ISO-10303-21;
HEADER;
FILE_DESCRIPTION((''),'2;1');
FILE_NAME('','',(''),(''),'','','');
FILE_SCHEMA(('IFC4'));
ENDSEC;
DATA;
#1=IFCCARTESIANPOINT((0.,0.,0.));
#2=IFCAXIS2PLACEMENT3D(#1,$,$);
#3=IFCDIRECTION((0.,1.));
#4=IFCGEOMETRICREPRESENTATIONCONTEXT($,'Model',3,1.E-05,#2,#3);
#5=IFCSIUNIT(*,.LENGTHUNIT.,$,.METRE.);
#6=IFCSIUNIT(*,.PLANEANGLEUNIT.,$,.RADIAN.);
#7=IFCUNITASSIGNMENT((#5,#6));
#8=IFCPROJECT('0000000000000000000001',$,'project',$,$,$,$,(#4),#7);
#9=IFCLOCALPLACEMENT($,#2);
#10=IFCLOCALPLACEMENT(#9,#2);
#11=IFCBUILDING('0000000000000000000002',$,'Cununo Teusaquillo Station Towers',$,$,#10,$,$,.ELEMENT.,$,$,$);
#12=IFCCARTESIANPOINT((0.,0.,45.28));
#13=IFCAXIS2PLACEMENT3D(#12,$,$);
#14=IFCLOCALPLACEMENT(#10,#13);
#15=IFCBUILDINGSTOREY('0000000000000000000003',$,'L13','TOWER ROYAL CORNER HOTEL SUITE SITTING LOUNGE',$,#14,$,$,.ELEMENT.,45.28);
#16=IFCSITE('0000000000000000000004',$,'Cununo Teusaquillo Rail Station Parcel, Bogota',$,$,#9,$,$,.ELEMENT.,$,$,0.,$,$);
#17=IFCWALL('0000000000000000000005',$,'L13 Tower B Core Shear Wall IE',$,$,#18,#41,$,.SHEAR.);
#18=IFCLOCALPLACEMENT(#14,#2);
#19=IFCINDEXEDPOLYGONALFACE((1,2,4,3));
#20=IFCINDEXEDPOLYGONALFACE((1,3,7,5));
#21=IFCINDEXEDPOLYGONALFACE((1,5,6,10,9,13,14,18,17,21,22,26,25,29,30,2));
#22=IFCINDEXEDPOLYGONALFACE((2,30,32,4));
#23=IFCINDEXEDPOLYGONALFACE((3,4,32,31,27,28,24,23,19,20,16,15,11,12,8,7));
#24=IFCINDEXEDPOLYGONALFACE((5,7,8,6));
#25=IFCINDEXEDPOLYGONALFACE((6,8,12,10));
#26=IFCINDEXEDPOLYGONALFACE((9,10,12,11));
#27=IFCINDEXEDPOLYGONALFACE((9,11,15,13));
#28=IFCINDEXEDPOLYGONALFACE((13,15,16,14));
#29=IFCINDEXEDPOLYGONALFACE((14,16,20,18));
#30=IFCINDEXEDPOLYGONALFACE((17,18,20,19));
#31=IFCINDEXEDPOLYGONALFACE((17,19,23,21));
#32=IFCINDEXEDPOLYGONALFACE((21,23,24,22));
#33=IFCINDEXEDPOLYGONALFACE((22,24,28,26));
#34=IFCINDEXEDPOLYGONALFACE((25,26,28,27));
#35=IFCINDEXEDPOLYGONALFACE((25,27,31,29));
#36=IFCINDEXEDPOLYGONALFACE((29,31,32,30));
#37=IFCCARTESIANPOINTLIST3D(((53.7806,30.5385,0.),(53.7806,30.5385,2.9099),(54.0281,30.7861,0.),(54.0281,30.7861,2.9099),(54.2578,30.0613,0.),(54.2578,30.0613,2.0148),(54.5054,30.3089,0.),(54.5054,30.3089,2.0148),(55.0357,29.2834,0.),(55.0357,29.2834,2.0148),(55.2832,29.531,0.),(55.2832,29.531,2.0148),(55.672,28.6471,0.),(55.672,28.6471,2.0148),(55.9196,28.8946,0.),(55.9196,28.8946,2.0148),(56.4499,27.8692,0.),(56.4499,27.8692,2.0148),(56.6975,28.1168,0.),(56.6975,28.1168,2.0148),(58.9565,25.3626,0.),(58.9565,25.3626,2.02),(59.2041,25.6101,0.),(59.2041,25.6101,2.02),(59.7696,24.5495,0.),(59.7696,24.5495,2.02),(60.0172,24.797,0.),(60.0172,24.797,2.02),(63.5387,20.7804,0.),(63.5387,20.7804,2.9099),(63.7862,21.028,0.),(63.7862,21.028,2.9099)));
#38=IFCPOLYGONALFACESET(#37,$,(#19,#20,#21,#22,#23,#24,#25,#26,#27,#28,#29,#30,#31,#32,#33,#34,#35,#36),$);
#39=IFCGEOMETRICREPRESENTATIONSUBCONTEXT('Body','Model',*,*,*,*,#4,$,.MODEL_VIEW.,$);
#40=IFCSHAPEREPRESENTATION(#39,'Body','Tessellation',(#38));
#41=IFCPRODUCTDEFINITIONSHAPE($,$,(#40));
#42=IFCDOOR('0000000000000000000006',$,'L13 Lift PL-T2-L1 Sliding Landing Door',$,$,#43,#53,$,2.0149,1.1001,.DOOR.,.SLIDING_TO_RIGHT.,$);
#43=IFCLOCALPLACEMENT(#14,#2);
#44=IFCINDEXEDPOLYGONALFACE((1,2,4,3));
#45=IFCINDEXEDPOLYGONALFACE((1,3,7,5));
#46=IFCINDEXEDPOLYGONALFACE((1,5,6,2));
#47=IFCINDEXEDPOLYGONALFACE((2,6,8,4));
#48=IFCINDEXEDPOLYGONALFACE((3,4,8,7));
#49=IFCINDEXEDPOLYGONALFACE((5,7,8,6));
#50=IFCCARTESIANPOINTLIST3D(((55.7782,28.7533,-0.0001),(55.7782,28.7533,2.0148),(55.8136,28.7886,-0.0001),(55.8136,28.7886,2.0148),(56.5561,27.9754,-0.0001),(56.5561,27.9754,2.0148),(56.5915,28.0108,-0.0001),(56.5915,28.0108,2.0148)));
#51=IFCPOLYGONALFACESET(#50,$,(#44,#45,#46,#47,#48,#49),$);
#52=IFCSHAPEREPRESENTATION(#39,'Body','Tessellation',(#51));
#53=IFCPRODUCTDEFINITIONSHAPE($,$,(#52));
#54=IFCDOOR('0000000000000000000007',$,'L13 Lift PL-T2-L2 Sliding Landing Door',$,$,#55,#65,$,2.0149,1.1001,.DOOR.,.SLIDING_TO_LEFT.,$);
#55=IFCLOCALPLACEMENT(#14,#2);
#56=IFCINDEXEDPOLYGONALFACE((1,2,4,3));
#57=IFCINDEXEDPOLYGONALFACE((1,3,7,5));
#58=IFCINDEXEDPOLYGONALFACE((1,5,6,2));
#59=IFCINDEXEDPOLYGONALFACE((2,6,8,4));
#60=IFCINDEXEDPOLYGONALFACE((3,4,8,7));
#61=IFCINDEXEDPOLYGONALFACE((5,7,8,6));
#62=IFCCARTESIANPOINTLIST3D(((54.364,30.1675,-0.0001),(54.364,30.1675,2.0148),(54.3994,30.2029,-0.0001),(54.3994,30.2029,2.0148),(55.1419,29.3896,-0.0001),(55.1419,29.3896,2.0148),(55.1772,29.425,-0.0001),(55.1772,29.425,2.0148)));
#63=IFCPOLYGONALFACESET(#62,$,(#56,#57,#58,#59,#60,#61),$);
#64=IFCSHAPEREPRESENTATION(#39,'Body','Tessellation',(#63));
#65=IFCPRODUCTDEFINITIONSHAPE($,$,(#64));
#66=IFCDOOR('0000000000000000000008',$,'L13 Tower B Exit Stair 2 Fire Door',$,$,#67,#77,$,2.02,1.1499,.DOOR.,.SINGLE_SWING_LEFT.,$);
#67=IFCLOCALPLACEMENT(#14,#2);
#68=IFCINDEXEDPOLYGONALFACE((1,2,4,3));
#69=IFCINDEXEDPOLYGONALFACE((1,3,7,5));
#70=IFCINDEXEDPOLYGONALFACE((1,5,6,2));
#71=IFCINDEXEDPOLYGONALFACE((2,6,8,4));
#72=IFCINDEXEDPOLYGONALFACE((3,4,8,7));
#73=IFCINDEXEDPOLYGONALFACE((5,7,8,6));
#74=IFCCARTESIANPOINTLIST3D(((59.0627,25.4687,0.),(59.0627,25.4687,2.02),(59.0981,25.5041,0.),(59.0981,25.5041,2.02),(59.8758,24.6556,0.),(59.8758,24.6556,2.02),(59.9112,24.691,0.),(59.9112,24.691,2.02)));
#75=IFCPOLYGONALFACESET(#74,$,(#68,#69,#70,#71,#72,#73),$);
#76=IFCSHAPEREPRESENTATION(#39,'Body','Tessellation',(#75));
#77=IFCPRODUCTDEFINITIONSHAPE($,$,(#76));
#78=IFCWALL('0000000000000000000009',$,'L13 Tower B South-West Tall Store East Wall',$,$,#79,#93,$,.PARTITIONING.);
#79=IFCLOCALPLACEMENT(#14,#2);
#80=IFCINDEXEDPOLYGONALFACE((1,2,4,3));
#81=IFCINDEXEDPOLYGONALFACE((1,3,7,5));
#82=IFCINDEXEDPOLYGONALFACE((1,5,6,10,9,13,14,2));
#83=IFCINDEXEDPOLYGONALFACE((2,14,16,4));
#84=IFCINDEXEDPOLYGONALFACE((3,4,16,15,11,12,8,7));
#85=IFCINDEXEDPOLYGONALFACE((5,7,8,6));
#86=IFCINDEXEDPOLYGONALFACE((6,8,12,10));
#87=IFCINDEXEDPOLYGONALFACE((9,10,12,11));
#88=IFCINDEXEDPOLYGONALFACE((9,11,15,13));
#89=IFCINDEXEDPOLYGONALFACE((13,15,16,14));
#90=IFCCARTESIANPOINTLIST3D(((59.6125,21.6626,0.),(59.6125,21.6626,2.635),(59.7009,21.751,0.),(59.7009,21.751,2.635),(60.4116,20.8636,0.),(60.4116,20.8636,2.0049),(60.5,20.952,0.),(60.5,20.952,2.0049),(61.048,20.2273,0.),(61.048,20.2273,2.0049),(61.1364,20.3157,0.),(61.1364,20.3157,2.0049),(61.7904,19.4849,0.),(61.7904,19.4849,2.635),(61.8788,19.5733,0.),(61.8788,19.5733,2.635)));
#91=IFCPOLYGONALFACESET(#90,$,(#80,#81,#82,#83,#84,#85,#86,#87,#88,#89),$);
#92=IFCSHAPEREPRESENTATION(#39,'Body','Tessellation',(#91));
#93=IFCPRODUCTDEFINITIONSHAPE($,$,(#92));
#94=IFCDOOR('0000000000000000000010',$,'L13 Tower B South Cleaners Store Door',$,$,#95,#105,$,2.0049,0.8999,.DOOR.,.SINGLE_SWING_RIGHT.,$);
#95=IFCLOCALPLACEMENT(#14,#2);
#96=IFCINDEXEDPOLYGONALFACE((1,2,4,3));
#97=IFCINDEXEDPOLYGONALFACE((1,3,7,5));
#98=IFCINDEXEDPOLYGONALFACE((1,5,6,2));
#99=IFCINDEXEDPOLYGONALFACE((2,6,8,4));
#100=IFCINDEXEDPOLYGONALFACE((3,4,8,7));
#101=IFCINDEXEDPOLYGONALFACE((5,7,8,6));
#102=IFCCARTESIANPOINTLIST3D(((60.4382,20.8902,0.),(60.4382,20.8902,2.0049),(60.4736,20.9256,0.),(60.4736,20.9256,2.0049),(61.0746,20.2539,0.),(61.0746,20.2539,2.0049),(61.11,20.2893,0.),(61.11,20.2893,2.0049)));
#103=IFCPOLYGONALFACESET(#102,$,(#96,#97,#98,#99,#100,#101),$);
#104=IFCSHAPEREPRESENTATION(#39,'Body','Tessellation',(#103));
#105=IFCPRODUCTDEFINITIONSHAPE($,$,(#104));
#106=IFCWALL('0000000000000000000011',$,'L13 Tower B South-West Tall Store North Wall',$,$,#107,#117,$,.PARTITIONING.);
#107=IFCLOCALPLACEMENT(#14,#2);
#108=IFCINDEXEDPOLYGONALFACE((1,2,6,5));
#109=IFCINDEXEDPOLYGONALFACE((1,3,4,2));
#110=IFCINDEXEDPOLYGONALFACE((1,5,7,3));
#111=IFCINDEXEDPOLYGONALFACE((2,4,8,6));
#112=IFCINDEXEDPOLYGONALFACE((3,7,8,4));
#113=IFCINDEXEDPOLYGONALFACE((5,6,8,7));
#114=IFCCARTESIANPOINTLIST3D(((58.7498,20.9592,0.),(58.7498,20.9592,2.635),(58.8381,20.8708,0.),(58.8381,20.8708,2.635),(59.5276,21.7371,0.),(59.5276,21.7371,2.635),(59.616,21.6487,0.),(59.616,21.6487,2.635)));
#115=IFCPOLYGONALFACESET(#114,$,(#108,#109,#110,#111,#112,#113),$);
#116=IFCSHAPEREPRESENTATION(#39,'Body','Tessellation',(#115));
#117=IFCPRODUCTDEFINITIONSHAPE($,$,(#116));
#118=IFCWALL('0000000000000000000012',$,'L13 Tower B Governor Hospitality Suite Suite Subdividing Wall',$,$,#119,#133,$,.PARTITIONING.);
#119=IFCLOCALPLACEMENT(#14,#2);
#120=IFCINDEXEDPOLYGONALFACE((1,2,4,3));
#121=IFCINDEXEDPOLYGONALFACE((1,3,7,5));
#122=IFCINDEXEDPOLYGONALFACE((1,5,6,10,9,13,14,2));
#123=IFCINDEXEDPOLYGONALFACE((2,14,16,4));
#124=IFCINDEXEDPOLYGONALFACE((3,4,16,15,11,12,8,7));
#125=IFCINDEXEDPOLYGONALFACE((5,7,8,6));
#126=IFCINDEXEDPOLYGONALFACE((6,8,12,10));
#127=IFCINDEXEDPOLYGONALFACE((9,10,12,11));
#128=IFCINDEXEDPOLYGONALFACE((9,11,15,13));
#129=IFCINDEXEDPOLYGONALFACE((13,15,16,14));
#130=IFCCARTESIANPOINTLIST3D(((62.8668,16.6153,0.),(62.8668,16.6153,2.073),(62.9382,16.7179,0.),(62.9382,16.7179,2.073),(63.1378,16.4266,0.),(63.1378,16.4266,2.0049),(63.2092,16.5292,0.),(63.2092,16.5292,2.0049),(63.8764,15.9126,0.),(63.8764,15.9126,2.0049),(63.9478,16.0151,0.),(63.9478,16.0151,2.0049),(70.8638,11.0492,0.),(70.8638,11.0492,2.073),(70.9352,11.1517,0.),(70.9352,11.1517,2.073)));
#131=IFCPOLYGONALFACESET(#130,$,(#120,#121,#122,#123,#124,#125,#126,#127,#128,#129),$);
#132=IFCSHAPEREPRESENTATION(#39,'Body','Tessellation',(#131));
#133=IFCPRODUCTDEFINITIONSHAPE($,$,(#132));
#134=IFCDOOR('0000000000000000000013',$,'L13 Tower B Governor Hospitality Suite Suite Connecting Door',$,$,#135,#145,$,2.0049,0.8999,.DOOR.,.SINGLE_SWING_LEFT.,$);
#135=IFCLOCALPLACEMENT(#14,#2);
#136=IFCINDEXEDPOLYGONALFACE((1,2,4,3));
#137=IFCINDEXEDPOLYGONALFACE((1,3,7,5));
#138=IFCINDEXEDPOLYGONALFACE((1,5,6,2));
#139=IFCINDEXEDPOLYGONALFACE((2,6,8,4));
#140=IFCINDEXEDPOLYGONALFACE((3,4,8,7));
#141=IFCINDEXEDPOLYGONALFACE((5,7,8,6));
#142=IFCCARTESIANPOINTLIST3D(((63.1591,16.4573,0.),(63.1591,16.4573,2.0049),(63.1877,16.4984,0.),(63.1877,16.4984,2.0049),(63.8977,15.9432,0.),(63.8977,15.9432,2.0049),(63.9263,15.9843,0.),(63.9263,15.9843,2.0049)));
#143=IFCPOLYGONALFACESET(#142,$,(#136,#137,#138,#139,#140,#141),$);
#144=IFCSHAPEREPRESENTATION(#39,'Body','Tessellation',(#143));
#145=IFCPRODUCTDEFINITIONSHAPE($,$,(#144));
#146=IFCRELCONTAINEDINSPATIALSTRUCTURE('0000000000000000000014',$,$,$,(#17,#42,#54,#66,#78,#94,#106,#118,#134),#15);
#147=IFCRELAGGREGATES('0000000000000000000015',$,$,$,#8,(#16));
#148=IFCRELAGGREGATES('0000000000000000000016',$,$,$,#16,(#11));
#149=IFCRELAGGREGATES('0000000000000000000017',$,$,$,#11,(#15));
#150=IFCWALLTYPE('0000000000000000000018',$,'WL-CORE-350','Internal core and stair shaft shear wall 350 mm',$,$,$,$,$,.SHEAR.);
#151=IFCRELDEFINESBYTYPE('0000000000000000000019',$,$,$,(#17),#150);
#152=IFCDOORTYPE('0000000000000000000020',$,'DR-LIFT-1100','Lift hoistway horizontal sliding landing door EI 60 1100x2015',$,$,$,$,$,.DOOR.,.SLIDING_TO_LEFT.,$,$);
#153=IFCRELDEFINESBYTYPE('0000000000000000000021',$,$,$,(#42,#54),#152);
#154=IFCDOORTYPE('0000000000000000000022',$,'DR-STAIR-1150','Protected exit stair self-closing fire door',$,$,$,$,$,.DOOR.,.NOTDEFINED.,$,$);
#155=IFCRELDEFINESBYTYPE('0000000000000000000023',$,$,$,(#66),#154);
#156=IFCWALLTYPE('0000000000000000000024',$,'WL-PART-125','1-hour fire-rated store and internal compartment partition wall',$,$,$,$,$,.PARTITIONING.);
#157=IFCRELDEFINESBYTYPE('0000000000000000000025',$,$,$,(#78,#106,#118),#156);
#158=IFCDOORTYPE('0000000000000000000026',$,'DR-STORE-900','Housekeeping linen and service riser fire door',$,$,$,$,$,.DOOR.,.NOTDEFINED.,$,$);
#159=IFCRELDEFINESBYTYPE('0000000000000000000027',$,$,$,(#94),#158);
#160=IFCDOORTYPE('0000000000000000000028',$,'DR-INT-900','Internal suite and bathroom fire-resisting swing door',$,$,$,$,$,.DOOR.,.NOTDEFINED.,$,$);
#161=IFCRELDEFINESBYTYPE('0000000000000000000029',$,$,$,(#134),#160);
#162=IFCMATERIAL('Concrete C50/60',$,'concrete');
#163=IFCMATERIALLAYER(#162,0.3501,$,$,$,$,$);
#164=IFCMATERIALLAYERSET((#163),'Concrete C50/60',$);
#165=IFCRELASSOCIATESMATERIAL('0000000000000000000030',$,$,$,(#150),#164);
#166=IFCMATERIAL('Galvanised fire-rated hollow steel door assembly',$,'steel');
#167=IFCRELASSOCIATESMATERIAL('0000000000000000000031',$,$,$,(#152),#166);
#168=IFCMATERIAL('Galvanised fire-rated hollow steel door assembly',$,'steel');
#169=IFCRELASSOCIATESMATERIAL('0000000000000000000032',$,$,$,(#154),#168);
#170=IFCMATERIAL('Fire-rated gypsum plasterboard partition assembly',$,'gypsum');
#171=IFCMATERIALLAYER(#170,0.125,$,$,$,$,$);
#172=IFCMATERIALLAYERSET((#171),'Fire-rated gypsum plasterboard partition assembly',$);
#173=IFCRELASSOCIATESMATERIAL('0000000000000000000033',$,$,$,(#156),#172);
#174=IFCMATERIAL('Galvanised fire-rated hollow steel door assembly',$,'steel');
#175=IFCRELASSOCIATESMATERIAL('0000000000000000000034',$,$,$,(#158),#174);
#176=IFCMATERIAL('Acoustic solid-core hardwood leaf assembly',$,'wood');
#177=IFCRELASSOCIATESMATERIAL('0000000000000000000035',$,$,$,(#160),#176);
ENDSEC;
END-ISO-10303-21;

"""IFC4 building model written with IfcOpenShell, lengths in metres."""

from ifc_helpers import new_model, si_unit, direction, frame, frame_2d, origin, place, context, subcontext, project, spatial, rectangle, extrude, source, transform, mapped, material, layer, layer_set, type_object, element, fill, save


model = new_model("IFC4")

# Units and contexts
model_context = context("Model", 3, precision=1e-05, world=origin(), true_north=direction((0.0, 1.0)))
body_context = subcontext(model_context, "Body", "Model", "MODEL_VIEW")
ifc_project = project(units=[si_unit("LENGTHUNIT", "METRE"), si_unit("PLANEANGLEUNIT", "RADIAN")], contexts=[model_context])

# Site, building, storey
site_placement = place(None, origin())
site = spatial("IfcSite", under=ifc_project, at=site_placement, Name="Cununo Teusaquillo Rail Station Parcel, Bogota", CompositionType="ELEMENT", RefElevation=0.0)
building_placement = place(site_placement, origin())
building = spatial("IfcBuilding", under=site, at=building_placement, Name="Cununo Teusaquillo Station Towers", CompositionType="ELEMENT")
storey_placement = place(building_placement, frame((0.0, 0.0, 45.28)))
storey = spatial("IfcBuildingStorey", under=building, at=storey_placement, Name="L13", Description="TOWER ROYAL CORNER HOTEL SUITE SITTING LOUNGE", CompositionType="ELEMENT", Elevation=45.28)

# Wall, openings, doors
ifc_material_1 = material(Name="Concrete C50/60", Category="concrete")
ifc_layer_1 = layer(ifc_material_1, 0.3501)
ifc_layer_set_1 = layer_set([ifc_layer_1], Name="Concrete C50/60")
wall_type_1 = type_object("IfcWallType", Name="WL-CORE-350", Description="Internal core and stair shaft shear wall 350 mm", PredefinedType="SHEAR", material=ifc_layer_set_1)
shared_shape_1 = source(origin(), body_context, "Body", "SweptSolid", [
    extrude(rectangle(XDim=1.1001, YDim=2.0149, at=frame_2d((0.55, 1.0073))), frame((0.0, 0.1851, 0.0), z_axis=(0.0, -1.0, 0.0), x_axis=(1.0, 0.0, 0.0)), (0.0, 0.0, 1.0), 0.3701),
])
shared_shape_2 = source(origin(), body_context, "Body", "SweptSolid", [
    extrude(rectangle(XDim=1.1499, YDim=2.02, at=frame_2d((0.575, 1.01))), frame((0.0, 0.1851, 0.0), z_axis=(0.0, -1.0, 0.0), x_axis=(1.0, 0.0, 0.0)), (0.0, 0.0, 1.0), 0.3701),
])
ifc_material_2 = material(Name="Galvanised fire-rated hollow steel door assembly", Category="steel")
door_type_1 = type_object("IfcDoorType", Name="DR-LIFT-1100", Description="Lift hoistway horizontal sliding landing door EI 60 1100x2015", OperationType="SLIDING_TO_LEFT", PredefinedType="DOOR", material=ifc_material_2)
shared_shape_3 = source(origin(), body_context, "Body", "SweptSolid", [
    extrude(rectangle(XDim=1.1001, YDim=2.0149, at=frame_2d((0.55, 1.0073))), frame((0.0, 0.0249, 0.0), z_axis=(0.0, -1.0, 0.0), x_axis=(1.0, 0.0, 0.0)), (0.0, 0.0, 1.0), 0.05),
])
ifc_material_3 = material(Name="Galvanised fire-rated hollow steel door assembly", Category="steel")
door_type_2 = type_object("IfcDoorType", Name="DR-STAIR-1150", Description="Protected exit stair self-closing fire door", OperationType="NOTDEFINED", PredefinedType="DOOR", material=ifc_material_3)
shared_shape_4 = source(origin(), body_context, "Body", "SweptSolid", [
    extrude(rectangle(XDim=1.1499, YDim=2.02, at=frame_2d((0.575, 1.01))), frame((0.0, 0.0249, 0.0), z_axis=(0.0, -1.0, 0.0), x_axis=(1.0, 0.0, 0.0)), (0.0, 0.0, 1.0), 0.05),
])
wall_1_placement = place(storey_placement, frame((63.6624, 20.9043, 0.0), z_axis=(0.0, 0.0, 1.0), x_axis=(-0.707107, 0.707107, 0.0)))
wall_1 = element("IfcWall", 1, at=wall_1_placement, inside=storey, type_object=wall_type_1, Name="L13 Tower B Core Shear Wall IE", PredefinedType="SHEAR", context=body_context, shape_type="SweptSolid", body=[
    extrude(rectangle(XDim=13.8, YDim=0.3501, at=frame_2d((6.8999, 0.0))), origin(), (0.0, 0.0, 1.0), 2.9099),
])
opening_1_placement = place(wall_1_placement, frame((10.0249, 0.0, 0.0)))
opening_1 = element("IfcOpeningElement", 2, at=opening_1_placement, cuts=wall_1, PredefinedType="OPENING", context=body_context, shape_type="MappedRepresentation", body=[
    mapped(shared_shape_1, transform((0.0, 0.0, 0.0), x_axis=(1.0, 0.0, 0.0), y_axis=(0.0, 1.0, 0.0), z_axis=(0.0, 0.0, 1.0), scale=1.0)),
])
opening_2_placement = place(wall_1_placement, frame((12.0249, 0.0, 0.0)))
opening_2 = element("IfcOpeningElement", 3, at=opening_2_placement, cuts=wall_1, PredefinedType="OPENING", context=body_context, shape_type="MappedRepresentation", body=[
    mapped(shared_shape_1, transform((0.0, 0.0, 0.0), x_axis=(1.0, 0.0, 0.0), y_axis=(0.0, 1.0, 0.0), z_axis=(0.0, 0.0, 1.0), scale=1.0)),
])
opening_3_placement = place(wall_1_placement, frame((5.3301, 0.0, 0.0)))
opening_3 = element("IfcOpeningElement", 4, at=opening_3_placement, cuts=wall_1, PredefinedType="OPENING", context=body_context, shape_type="MappedRepresentation", body=[
    mapped(shared_shape_2, transform((0.0, 0.0, 0.0), x_axis=(1.0, 0.0, 0.0), y_axis=(0.0, 1.0, 0.0), z_axis=(0.0, 0.0, 1.0), scale=1.0)),
])
door_1_placement = place(opening_1_placement, origin())
door_1 = element("IfcDoor", 5, at=door_1_placement, inside=storey, type_object=door_type_1, Name="L13 Lift PL-T2-L1 Sliding Landing Door", OperationType="SLIDING_TO_RIGHT", OverallHeight=2.0149, OverallWidth=1.1001, PredefinedType="DOOR", context=body_context, shape_type="MappedRepresentation", body=[
    mapped(shared_shape_3, transform((0.0, 0.0, 0.0), x_axis=(1.0, 0.0, 0.0), y_axis=(0.0, 1.0, 0.0), z_axis=(0.0, 0.0, 1.0), scale=1.0)),
])
fill(opening_1, door_1)
door_2_placement = place(opening_2_placement, origin())
door_2 = element("IfcDoor", 6, at=door_2_placement, inside=storey, type_object=door_type_1, Name="L13 Lift PL-T2-L2 Sliding Landing Door", OperationType="SLIDING_TO_LEFT", OverallHeight=2.0149, OverallWidth=1.1001, PredefinedType="DOOR", context=body_context, shape_type="MappedRepresentation", body=[
    mapped(shared_shape_3, transform((0.0, 0.0, 0.0), x_axis=(1.0, 0.0, 0.0), y_axis=(0.0, 1.0, 0.0), z_axis=(0.0, 0.0, 1.0), scale=1.0)),
])
fill(opening_2, door_2)
door_3_placement = place(opening_3_placement, origin())
door_3 = element("IfcDoor", 7, at=door_3_placement, inside=storey, type_object=door_type_2, Name="L13 Tower B Exit Stair 2 Fire Door", OperationType="SINGLE_SWING_LEFT", OverallHeight=2.02, OverallWidth=1.1499, PredefinedType="DOOR", context=body_context, shape_type="MappedRepresentation", body=[
    mapped(shared_shape_4, transform((0.0, 0.0, 0.0), x_axis=(1.0, 0.0, 0.0), y_axis=(0.0, 1.0, 0.0), z_axis=(0.0, 0.0, 1.0), scale=1.0)),
])
fill(opening_3, door_3)

# Wall, opening, door
ifc_material_4 = material(Name="Fire-rated gypsum plasterboard partition assembly", Category="gypsum")
ifc_layer_2 = layer(ifc_material_4, 0.125)
ifc_layer_set_2 = layer_set([ifc_layer_2], Name="Fire-rated gypsum plasterboard partition assembly")
wall_type_2 = type_object("IfcWallType", Name="WL-PART-125", Description="1-hour fire-rated store and internal compartment partition wall", PredefinedType="PARTITIONING", material=ifc_layer_set_2)
wall_2_placement = place(storey_placement, frame((61.8347, 19.5291, 0.0), z_axis=(0.0, 0.0, 1.0), x_axis=(-0.707146, 0.707067, 0.0)))
wall_2 = element("IfcWall", 8, at=wall_2_placement, inside=storey, type_object=wall_type_2, Name="L13 Tower B South-West Tall Store East Wall", PredefinedType="PARTITIONING", context=body_context, shape_type="SweptSolid", body=[
    extrude(rectangle(XDim=3.0798, YDim=0.125, at=frame_2d((1.54, 0.0))), origin(), (0.0, 0.0, 1.0), 2.635),
])
shared_shape_5 = source(origin(), body_context, "Body", "SweptSolid", [
    extrude(rectangle(XDim=0.8999, YDim=2.0049, at=frame_2d((0.45, 1.0024))), frame((0.0, 0.0725, 0.0), z_axis=(0.0, -1.0, 0.0), x_axis=(1.0, 0.0, 0.0)), (0.0, 0.0, 1.0), 0.145),
])
opening_4_placement = place(wall_2_placement, frame((1.05, 0.0, 0.0)))
opening_4 = element("IfcOpeningElement", 9, at=opening_4_placement, cuts=wall_2, PredefinedType="OPENING", context=body_context, shape_type="MappedRepresentation", body=[
    mapped(shared_shape_5, transform((0.0, 0.0, 0.0), x_axis=(1.0, 0.0, 0.0), y_axis=(0.0, 1.0, 0.0), z_axis=(0.0, 0.0, 1.0), scale=1.0)),
])
ifc_material_5 = material(Name="Galvanised fire-rated hollow steel door assembly", Category="steel")
door_type_3 = type_object("IfcDoorType", Name="DR-STORE-900", Description="Housekeeping linen and service riser fire door", OperationType="NOTDEFINED", PredefinedType="DOOR", material=ifc_material_5)
shared_shape_6 = source(origin(), body_context, "Body", "SweptSolid", [
    extrude(rectangle(XDim=0.8999, YDim=2.0049, at=frame_2d((0.45, 1.0024))), frame((0.0, 0.0249, 0.0), z_axis=(0.0, -1.0, 0.0), x_axis=(1.0, 0.0, 0.0)), (0.0, 0.0, 1.0), 0.05),
])
door_4_placement = place(opening_4_placement, origin())
door_4 = element("IfcDoor", 10, at=door_4_placement, inside=storey, type_object=door_type_3, Name="L13 Tower B South Cleaners Store Door", OperationType="SINGLE_SWING_RIGHT", OverallHeight=2.0049, OverallWidth=0.8999, PredefinedType="DOOR", context=body_context, shape_type="MappedRepresentation", body=[
    mapped(shared_shape_6, transform((0.0, 0.0, 0.0), x_axis=(1.0, 0.0, 0.0), y_axis=(0.0, 1.0, 0.0), z_axis=(0.0, 0.0, 1.0), scale=1.0)),
])
fill(opening_4, door_4)

# Wall
wall_3_placement = place(storey_placement, frame((58.7939, 20.915, 0.0), z_axis=(0.0, 0.0, 1.0), x_axis=(0.707107, 0.707107, 0.0)))
element("IfcWall", 11, at=wall_3_placement, inside=storey, type_object=wall_type_2, Name="L13 Tower B South-West Tall Store North Wall", PredefinedType="PARTITIONING", context=body_context, shape_type="SweptSolid", body=[
    extrude(rectangle(XDim=1.1001, YDim=0.125, at=frame_2d((0.55, 0.0))), origin(), (0.0, 0.0, 1.0), 2.635),
])

# Wall, opening, door
wall_4_placement = place(storey_placement, frame((62.9026, 16.6665, 0.0), z_axis=(0.0, 0.0, 1.0), x_axis=(0.820762, -0.571271, 0.0)))
wall_4 = element("IfcWall", 12, at=wall_4_placement, inside=storey, type_object=wall_type_2, Name="L13 Tower B Governor Hospitality Suite Suite Subdividing Wall", PredefinedType="PARTITIONING", context=body_context, shape_type="SweptSolid", body=[
    extrude(rectangle(XDim=9.7434, YDim=0.125, at=frame_2d((4.8716, 0.0))), origin(), (0.0, 0.0, 1.0), 2.073),
])
opening_5_placement = place(wall_4_placement, frame((0.3301, 0.0, 0.0)))
opening_5 = element("IfcOpeningElement", 13, at=opening_5_placement, cuts=wall_4, PredefinedType="OPENING", context=body_context, shape_type="MappedRepresentation", body=[
    mapped(shared_shape_5, transform((0.0, 0.0, 0.0), x_axis=(1.0, 0.0, 0.0), y_axis=(0.0, 1.0, 0.0), z_axis=(0.0, 0.0, 1.0), scale=1.0)),
])
ifc_material_6 = material(Name="Acoustic solid-core hardwood leaf assembly", Category="wood")
door_type_4 = type_object("IfcDoorType", Name="DR-INT-900", Description="Internal suite and bathroom fire-resisting swing door", OperationType="NOTDEFINED", PredefinedType="DOOR", material=ifc_material_6)
door_5_placement = place(opening_5_placement, origin())
door_5 = element("IfcDoor", 14, at=door_5_placement, inside=storey, type_object=door_type_4, Name="L13 Tower B Governor Hospitality Suite Suite Connecting Door", OperationType="SINGLE_SWING_LEFT", OverallHeight=2.0049, OverallWidth=0.8999, PredefinedType="DOOR", context=body_context, shape_type="MappedRepresentation", body=[
    mapped(shared_shape_6, transform((0.0, 0.0, 0.0), x_axis=(1.0, 0.0, 0.0), y_axis=(0.0, 1.0, 0.0), z_axis=(0.0, 0.0, 1.0), scale=1.0)),
])
fill(opening_5, door_5)

save(model, "model.ifc")
